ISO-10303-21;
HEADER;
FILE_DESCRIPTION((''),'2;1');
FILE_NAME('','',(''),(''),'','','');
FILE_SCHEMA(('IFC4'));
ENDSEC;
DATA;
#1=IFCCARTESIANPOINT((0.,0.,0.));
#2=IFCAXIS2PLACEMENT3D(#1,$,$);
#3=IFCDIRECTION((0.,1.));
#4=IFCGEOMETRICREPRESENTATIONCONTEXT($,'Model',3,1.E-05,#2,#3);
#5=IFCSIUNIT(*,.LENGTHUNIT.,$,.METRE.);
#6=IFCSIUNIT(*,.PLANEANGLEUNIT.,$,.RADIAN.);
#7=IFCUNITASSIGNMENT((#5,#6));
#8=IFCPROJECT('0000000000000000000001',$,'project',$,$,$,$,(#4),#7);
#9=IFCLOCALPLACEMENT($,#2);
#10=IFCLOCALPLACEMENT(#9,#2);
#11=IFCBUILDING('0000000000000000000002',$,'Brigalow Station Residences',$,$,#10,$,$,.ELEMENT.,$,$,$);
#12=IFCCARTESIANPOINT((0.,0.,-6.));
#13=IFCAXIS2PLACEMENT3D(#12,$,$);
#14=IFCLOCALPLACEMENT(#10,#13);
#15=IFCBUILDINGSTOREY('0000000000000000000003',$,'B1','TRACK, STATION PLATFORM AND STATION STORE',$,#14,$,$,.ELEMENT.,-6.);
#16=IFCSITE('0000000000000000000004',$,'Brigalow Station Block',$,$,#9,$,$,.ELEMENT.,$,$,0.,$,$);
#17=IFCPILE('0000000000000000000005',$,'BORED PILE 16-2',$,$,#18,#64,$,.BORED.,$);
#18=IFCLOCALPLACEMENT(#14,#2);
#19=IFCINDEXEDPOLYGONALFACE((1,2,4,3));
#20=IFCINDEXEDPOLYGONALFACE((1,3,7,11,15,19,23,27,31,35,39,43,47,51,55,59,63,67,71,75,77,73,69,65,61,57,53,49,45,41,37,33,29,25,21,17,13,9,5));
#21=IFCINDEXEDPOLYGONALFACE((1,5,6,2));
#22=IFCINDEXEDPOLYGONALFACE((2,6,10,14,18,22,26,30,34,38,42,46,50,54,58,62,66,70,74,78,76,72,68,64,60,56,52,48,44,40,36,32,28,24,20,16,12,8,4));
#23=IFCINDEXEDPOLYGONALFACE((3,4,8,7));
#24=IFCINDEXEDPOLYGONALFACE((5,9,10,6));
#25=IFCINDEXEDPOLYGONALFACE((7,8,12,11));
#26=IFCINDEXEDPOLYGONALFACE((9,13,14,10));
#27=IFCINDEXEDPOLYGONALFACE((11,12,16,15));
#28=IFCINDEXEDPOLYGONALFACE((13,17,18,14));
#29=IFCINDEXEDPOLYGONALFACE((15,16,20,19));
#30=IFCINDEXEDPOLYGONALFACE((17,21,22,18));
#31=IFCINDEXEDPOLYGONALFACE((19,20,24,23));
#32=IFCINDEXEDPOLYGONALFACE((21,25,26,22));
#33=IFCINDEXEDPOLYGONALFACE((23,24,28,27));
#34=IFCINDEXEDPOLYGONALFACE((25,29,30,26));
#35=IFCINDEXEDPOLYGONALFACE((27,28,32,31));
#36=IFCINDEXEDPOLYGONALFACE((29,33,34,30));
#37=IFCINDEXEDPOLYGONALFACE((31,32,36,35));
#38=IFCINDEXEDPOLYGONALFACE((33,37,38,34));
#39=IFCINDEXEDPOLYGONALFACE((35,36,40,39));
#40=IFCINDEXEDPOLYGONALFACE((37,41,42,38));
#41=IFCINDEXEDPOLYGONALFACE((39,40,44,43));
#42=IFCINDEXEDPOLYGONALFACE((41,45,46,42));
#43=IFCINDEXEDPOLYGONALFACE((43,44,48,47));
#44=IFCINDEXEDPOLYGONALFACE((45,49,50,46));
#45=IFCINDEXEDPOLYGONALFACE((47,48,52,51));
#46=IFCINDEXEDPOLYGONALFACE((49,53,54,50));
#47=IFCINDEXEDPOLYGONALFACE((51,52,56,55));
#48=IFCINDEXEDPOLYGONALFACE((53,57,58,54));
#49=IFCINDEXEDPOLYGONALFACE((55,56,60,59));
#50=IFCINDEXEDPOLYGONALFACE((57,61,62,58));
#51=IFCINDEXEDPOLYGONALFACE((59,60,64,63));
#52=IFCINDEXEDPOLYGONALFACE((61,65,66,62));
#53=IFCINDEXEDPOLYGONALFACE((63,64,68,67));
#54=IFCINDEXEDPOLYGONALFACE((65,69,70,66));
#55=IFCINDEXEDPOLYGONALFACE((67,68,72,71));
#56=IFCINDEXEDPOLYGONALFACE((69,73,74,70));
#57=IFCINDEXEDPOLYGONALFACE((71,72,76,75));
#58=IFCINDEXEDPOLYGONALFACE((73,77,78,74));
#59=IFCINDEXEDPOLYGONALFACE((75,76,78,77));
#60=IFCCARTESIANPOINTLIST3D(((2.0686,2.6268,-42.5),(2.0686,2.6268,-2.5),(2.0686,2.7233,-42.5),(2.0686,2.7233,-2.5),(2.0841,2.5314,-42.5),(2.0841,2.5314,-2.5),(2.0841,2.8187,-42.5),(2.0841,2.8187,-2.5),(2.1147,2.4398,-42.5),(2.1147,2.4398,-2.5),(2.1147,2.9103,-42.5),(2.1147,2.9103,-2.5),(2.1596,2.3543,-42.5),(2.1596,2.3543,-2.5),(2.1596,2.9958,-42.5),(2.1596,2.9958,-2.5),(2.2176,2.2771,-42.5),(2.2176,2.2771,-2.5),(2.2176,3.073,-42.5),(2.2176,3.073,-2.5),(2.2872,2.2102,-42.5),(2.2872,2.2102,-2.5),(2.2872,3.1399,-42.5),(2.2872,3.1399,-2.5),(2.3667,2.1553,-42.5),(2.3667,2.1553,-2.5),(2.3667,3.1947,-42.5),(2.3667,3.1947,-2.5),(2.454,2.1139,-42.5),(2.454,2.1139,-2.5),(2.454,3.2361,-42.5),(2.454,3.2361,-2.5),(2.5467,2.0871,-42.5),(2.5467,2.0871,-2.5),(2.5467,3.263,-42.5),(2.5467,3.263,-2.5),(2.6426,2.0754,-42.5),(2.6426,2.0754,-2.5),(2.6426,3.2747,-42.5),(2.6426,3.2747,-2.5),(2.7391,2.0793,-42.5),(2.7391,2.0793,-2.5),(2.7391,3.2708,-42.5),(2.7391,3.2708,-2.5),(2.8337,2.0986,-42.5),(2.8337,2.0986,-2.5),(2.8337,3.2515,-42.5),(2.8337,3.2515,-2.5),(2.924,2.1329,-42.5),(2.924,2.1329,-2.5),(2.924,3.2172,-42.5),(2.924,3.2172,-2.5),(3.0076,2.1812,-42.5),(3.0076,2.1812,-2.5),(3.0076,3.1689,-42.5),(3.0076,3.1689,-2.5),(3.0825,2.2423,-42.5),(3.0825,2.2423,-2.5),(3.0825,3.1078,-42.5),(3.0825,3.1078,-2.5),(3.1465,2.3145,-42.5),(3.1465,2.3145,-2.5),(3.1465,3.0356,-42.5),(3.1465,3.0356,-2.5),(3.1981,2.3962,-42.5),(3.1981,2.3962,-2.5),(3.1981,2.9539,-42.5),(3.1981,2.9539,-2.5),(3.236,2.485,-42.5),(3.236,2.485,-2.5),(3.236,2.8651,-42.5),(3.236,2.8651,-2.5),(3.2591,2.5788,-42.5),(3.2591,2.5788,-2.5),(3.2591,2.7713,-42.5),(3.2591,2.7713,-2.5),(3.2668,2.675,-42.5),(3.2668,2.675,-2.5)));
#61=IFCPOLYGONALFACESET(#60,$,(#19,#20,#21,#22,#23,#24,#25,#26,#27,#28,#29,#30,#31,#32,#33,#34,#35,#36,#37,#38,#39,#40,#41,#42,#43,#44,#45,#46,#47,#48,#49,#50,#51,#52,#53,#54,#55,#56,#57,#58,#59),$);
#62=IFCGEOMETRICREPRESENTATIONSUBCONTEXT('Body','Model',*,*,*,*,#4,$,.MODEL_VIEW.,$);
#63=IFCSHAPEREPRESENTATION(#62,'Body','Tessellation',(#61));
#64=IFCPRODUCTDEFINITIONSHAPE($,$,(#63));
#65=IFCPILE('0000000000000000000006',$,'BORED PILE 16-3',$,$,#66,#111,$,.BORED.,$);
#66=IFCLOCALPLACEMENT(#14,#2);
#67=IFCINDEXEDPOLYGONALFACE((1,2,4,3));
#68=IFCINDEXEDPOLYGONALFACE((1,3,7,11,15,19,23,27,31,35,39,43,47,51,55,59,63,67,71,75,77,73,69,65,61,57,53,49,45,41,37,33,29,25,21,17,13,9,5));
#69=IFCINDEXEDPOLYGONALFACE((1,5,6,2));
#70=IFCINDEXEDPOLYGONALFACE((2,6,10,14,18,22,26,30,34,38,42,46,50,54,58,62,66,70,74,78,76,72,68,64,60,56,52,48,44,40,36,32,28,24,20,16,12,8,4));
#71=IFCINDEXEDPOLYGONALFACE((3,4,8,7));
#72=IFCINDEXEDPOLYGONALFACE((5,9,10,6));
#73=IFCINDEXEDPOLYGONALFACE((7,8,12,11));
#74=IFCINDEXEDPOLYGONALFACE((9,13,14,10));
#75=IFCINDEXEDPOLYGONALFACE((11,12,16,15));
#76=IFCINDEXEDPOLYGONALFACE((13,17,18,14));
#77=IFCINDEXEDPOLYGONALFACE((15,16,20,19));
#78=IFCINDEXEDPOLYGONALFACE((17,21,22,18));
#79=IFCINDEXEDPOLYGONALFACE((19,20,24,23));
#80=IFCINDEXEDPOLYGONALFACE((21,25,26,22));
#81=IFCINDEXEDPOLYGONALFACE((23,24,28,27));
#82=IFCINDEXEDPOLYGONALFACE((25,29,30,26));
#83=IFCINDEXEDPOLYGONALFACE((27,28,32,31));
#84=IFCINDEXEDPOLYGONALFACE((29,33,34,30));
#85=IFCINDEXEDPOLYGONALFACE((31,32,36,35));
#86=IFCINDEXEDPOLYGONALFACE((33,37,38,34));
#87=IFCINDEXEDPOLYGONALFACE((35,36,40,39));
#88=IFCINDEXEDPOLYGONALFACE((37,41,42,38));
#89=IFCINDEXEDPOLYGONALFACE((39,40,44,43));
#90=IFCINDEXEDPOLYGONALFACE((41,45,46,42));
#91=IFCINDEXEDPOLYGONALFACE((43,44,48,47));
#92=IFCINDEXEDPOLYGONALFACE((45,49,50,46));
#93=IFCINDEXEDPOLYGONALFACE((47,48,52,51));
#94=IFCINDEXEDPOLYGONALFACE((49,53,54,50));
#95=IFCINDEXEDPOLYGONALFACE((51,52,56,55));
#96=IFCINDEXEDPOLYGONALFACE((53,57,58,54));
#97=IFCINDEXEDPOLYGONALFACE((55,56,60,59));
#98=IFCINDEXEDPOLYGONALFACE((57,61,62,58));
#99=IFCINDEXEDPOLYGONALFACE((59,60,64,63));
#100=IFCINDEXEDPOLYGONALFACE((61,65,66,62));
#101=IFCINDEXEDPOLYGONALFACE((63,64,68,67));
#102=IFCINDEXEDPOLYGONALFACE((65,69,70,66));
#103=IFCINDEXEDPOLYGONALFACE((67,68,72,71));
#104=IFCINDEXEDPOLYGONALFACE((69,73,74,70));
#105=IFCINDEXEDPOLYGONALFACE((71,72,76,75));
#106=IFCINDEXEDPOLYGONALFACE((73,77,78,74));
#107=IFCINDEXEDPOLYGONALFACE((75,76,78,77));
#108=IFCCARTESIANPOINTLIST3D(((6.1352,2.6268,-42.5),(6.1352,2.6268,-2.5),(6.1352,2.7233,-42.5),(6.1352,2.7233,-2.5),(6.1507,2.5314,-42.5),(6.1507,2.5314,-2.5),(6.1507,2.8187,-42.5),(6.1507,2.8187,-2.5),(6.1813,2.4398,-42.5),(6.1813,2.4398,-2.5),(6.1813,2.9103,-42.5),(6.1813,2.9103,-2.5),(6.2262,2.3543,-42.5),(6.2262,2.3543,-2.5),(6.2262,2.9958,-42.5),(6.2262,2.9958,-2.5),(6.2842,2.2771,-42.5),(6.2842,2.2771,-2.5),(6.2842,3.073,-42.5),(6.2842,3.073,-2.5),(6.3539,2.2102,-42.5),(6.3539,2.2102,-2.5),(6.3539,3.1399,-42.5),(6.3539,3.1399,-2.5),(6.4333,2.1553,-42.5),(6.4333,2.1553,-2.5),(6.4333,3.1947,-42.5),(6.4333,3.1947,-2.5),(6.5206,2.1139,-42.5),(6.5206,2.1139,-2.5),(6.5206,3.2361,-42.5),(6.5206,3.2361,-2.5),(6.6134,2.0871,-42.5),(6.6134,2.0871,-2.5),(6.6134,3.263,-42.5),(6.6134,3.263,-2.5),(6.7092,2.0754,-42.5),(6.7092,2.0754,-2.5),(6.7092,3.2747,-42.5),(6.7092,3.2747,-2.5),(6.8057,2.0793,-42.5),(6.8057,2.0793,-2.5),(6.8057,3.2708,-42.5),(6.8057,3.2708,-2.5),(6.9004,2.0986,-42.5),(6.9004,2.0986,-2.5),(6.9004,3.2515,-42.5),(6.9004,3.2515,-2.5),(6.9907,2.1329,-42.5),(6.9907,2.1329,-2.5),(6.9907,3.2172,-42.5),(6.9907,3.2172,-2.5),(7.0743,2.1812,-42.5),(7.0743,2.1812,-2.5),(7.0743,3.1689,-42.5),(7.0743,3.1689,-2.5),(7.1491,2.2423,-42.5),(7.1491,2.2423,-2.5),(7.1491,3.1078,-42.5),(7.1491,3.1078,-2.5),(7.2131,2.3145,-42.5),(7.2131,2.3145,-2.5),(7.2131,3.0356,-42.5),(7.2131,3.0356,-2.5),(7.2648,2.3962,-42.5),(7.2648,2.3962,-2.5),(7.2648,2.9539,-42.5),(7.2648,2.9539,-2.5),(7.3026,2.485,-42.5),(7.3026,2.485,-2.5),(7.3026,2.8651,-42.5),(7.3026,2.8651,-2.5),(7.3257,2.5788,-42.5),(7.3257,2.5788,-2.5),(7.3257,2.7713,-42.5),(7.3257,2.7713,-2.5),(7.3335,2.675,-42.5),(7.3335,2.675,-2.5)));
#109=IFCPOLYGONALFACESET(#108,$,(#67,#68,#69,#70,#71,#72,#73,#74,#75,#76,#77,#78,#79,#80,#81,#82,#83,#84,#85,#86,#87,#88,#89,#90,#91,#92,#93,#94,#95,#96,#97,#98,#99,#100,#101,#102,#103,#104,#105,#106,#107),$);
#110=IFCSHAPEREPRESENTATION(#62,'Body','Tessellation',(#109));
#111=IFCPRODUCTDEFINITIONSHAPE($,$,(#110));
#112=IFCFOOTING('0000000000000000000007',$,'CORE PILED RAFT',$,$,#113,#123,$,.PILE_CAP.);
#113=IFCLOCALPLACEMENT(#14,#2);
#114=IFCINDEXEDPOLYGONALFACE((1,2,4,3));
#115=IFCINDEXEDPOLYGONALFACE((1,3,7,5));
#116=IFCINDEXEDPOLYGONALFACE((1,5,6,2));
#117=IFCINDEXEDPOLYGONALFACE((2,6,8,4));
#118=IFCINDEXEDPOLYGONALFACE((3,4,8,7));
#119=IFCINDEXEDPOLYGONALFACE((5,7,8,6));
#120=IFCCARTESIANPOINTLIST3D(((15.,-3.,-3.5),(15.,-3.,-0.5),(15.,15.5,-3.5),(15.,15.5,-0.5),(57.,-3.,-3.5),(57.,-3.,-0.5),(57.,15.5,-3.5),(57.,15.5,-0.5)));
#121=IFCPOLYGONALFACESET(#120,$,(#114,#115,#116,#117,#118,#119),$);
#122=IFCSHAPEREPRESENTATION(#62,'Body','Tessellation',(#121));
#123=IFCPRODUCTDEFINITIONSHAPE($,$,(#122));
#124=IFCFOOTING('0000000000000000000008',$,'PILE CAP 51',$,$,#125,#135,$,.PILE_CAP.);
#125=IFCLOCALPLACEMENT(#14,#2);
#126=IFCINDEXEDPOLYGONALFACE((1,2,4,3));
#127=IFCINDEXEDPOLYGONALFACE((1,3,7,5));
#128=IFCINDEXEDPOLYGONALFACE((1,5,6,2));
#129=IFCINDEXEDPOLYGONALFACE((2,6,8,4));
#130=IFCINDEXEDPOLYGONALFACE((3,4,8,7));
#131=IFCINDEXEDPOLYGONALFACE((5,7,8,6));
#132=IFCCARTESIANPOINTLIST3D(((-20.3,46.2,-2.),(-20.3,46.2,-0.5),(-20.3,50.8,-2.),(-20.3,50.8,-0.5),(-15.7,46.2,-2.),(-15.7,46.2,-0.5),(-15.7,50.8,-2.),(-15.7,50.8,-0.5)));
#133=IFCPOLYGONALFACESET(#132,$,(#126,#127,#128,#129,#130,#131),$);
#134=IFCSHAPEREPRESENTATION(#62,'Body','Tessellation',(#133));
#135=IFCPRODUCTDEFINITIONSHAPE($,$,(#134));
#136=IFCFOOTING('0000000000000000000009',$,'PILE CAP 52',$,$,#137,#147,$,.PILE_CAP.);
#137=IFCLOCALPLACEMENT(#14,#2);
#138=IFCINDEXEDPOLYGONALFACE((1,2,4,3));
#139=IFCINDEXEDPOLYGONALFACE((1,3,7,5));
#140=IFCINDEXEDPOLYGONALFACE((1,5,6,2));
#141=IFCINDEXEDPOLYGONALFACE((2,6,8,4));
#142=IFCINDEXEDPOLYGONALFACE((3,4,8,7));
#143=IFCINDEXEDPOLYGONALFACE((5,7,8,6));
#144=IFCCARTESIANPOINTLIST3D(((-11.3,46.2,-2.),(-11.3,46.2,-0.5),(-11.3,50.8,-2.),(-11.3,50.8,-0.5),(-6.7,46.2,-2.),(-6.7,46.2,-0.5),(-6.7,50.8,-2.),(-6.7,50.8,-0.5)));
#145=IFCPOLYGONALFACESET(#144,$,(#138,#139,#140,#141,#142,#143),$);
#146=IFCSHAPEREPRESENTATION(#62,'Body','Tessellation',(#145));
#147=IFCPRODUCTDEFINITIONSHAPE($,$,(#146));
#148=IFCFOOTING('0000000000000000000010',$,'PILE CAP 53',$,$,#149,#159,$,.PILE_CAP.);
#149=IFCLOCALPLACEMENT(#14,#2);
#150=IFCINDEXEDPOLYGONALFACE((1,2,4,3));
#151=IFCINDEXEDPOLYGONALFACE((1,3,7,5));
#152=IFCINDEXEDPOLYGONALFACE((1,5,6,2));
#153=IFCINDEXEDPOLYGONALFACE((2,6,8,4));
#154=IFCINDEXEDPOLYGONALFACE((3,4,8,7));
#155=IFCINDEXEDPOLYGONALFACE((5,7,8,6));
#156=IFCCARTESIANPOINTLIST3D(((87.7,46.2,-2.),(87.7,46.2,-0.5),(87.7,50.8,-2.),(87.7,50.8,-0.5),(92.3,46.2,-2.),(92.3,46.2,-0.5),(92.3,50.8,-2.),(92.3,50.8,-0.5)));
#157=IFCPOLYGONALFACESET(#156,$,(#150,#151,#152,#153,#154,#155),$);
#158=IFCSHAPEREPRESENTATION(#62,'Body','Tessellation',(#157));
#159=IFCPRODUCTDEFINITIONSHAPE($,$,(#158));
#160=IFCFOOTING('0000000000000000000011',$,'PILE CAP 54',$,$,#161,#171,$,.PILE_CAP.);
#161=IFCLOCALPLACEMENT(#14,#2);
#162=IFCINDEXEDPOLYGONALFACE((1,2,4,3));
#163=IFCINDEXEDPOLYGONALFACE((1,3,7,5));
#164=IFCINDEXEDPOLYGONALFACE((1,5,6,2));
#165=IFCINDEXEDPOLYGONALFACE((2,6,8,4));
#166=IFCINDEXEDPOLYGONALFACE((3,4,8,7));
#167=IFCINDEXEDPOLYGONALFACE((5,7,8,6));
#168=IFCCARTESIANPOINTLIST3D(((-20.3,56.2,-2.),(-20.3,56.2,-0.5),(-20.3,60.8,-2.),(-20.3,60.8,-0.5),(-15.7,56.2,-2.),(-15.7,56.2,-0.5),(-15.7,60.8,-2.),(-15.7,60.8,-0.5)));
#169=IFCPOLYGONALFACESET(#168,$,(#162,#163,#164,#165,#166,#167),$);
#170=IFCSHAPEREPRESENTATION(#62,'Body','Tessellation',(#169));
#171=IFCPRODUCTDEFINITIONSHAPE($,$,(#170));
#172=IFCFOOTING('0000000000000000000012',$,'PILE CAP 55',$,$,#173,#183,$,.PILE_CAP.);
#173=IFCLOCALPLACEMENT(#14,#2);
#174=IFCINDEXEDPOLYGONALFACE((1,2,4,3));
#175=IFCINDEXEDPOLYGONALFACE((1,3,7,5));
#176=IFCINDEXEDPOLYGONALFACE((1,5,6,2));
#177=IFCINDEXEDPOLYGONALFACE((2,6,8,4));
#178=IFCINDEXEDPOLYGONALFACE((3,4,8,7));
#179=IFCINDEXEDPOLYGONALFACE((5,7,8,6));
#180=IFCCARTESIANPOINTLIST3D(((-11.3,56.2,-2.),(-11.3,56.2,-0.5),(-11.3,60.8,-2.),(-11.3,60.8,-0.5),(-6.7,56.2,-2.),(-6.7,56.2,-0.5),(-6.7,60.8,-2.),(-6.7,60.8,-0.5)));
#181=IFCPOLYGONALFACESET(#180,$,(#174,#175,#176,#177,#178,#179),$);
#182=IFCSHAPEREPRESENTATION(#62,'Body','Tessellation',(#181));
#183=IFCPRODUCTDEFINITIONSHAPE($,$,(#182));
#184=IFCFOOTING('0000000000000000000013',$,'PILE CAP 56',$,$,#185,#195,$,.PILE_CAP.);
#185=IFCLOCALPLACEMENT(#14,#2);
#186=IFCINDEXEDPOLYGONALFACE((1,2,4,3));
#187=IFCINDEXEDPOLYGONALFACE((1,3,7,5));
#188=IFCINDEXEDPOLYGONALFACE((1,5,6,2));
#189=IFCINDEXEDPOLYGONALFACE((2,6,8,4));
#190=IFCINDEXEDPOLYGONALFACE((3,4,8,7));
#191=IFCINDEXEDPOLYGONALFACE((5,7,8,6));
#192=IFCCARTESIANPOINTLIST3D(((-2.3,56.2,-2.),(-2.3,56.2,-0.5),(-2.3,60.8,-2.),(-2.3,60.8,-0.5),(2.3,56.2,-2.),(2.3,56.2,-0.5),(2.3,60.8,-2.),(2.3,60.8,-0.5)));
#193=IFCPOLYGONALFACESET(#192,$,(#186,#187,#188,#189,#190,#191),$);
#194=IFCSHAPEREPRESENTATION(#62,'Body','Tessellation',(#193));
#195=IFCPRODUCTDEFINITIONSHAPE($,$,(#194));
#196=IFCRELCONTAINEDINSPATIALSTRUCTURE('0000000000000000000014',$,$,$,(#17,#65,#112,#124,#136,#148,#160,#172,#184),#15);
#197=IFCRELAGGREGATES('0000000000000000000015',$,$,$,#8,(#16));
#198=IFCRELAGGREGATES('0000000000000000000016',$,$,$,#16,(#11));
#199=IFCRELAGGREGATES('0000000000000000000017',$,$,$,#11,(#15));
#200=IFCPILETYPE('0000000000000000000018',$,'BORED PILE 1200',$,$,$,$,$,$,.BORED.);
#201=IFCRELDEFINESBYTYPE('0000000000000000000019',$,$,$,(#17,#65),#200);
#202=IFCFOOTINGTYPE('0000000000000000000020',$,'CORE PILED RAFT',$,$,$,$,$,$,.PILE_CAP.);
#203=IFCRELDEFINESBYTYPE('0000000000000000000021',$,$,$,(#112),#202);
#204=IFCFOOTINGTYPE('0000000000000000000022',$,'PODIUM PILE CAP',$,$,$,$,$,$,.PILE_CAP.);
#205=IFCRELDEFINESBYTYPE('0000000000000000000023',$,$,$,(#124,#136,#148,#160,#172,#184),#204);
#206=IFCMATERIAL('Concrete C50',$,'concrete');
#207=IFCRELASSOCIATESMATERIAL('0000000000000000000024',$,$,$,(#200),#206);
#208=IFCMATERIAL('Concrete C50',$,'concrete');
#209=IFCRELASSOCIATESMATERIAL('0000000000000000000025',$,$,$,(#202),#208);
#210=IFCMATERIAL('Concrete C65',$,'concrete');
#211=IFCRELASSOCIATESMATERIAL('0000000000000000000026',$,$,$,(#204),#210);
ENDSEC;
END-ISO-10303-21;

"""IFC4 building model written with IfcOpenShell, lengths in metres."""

from ifc_helpers import new_model, si_unit, direction, frame, origin, origin_2d, place, context, subcontext, project, spatial, polyline, circle, outline, extrude, material, material_profile, profile_set, type_object, element, save


model = new_model("IFC4")

# Units and contexts
model_context = context("Model", 3, precision=1e-05, world=origin(), true_north=direction((0.0, 1.0)))
body_context = subcontext(model_context, "Body", "Model", "MODEL_VIEW")
ifc_project = project(units=[si_unit("LENGTHUNIT", "METRE"), si_unit("PLANEANGLEUNIT", "RADIAN")], contexts=[model_context])

# Site, building, storey
site_placement = place(None, origin())
site = spatial("IfcSite", under=ifc_project, at=site_placement, Name="Brigalow Station Block", CompositionType="ELEMENT", RefElevation=0.0)
building_placement = place(site_placement, origin())
building = spatial("IfcBuilding", under=site, at=building_placement, Name="Brigalow Station Residences", CompositionType="ELEMENT")
storey_placement = place(building_placement, frame((0.0, 0.0, -6.0)))
storey = spatial("IfcBuildingStorey", under=building, at=storey_placement, Name="B1", Description="TRACK, STATION PLATFORM AND STATION STORE", CompositionType="ELEMENT", Elevation=-6.0)

# Piles
ifc_material_1 = material(Name="Concrete C50", Category="concrete")
ifc_material_profile_1 = material_profile(ifc_material_1, circle(Radius=0.6001, at=origin_2d()), Name="BP1200")
ifc_profile_set_1 = profile_set([ifc_material_profile_1], Name="Concrete C50")
pile_type_1 = type_object("IfcPileType", Name="BORED PILE 1200", PredefinedType="BORED", material=ifc_profile_set_1)
for number, where, z_axis, x_axis, name in (
    (1, (2.6667, 2.675, -2.5), (0.0, 0.0, -1.0), (1.0, 0.0, 0.0), "BORED PILE 16-2"),
    (2, (6.7334, 2.675, -2.5), (0.0, 0.0, -1.0), (1.0, 0.0, 0.0), "BORED PILE 16-3"),
):
    element("IfcPile", number, at=place(storey_placement, frame(where, z_axis=z_axis, x_axis=x_axis)), inside=storey, type_object=pile_type_1, Name=name, PredefinedType="BORED", context=body_context, shape_type="SweptSolid", body=[
        extrude(circle(Radius=0.6001, at=origin_2d()), origin(), (0.0, 0.0, 1.0), 40.0),
    ])

# Footings
ifc_material_2 = material(Name="Concrete C50", Category="concrete")
footing_type_1 = type_object("IfcFootingType", Name="CORE PILED RAFT", PredefinedType="PILE_CAP", material=ifc_material_2)
footing_1_placement = place(storey_placement, frame((0.0, 0.0, -3.5)))
element("IfcFooting", 3, at=footing_1_placement, inside=storey, type_object=footing_type_1, Name="CORE PILED RAFT", PredefinedType="PILE_CAP", context=body_context, shape_type="SweptSolid", body=[
    extrude(outline(polyline([(57.0, -3.0), (57.0, 15.5), (15.0, 15.5), (15.0, -3.0), (57.0, -3.0)])), origin(), (0.0, 0.0, 1.0), 3.0),
])
ifc_material_3 = material(Name="Concrete C65", Category="concrete")
footing_type_2 = type_object("IfcFootingType", Name="PODIUM PILE CAP", PredefinedType="PILE_CAP", material=ifc_material_3)
footing_2_placement = place(storey_placement, frame((0.0, 0.0, -2.0)))
element("IfcFooting", 4, at=footing_2_placement, inside=storey, type_object=footing_type_2, Name="PILE CAP 51", PredefinedType="PILE_CAP", context=body_context, shape_type="SweptSolid", body=[
    extrude(outline(polyline([(-15.7, 46.2), (-15.7, 50.8), (-20.3, 50.8), (-20.3, 46.2), (-15.7, 46.2)])), origin(), (0.0, 0.0, 1.0), 1.5),
])
footing_3_placement = place(storey_placement, frame((0.0, 0.0, -2.0)))
element("IfcFooting", 5, at=footing_3_placement, inside=storey, type_object=footing_type_2, Name="PILE CAP 52", PredefinedType="PILE_CAP", context=body_context, shape_type="SweptSolid", body=[
    extrude(outline(polyline([(-6.7, 46.2), (-6.7, 50.8), (-11.3, 50.8), (-11.3, 46.2), (-6.7, 46.2)])), origin(), (0.0, 0.0, 1.0), 1.5),
])
footing_4_placement = place(storey_placement, frame((0.0, 0.0, -2.0)))
element("IfcFooting", 6, at=footing_4_placement, inside=storey, type_object=footing_type_2, Name="PILE CAP 53", PredefinedType="PILE_CAP", context=body_context, shape_type="SweptSolid", body=[
    extrude(outline(polyline([(92.3, 46.2), (92.3, 50.8), (87.7, 50.8), (87.7, 46.2), (92.3, 46.2)])), origin(), (0.0, 0.0, 1.0), 1.5),
])
footing_5_placement = place(storey_placement, frame((0.0, 0.0, -2.0)))
element("IfcFooting", 7, at=footing_5_placement, inside=storey, type_object=footing_type_2, Name="PILE CAP 54", PredefinedType="PILE_CAP", context=body_context, shape_type="SweptSolid", body=[
    extrude(outline(polyline([(-15.7, 56.2), (-15.7, 60.8), (-20.3, 60.8), (-20.3, 56.2), (-15.7, 56.2)])), origin(), (0.0, 0.0, 1.0), 1.5),
])
footing_6_placement = place(storey_placement, frame((0.0, 0.0, -2.0)))
element("IfcFooting", 8, at=footing_6_placement, inside=storey, type_object=footing_type_2, Name="PILE CAP 55", PredefinedType="PILE_CAP", context=body_context, shape_type="SweptSolid", body=[
    extrude(outline(polyline([(-6.7, 56.2), (-6.7, 60.8), (-11.3, 60.8), (-11.3, 56.2), (-6.7, 56.2)])), origin(), (0.0, 0.0, 1.0), 1.5),
])
footing_7_placement = place(storey_placement, frame((0.0, 0.0, -2.0)))
element("IfcFooting", 9, at=footing_7_placement, inside=storey, type_object=footing_type_2, Name="PILE CAP 56", PredefinedType="PILE_CAP", context=body_context, shape_type="SweptSolid", body=[
    extrude(outline(polyline([(2.3, 56.2), (2.3, 60.8), (-2.3, 60.8), (-2.3, 56.2), (2.3, 56.2)])), origin(), (0.0, 0.0, 1.0), 1.5),
])

save(model, "model.ifc")
